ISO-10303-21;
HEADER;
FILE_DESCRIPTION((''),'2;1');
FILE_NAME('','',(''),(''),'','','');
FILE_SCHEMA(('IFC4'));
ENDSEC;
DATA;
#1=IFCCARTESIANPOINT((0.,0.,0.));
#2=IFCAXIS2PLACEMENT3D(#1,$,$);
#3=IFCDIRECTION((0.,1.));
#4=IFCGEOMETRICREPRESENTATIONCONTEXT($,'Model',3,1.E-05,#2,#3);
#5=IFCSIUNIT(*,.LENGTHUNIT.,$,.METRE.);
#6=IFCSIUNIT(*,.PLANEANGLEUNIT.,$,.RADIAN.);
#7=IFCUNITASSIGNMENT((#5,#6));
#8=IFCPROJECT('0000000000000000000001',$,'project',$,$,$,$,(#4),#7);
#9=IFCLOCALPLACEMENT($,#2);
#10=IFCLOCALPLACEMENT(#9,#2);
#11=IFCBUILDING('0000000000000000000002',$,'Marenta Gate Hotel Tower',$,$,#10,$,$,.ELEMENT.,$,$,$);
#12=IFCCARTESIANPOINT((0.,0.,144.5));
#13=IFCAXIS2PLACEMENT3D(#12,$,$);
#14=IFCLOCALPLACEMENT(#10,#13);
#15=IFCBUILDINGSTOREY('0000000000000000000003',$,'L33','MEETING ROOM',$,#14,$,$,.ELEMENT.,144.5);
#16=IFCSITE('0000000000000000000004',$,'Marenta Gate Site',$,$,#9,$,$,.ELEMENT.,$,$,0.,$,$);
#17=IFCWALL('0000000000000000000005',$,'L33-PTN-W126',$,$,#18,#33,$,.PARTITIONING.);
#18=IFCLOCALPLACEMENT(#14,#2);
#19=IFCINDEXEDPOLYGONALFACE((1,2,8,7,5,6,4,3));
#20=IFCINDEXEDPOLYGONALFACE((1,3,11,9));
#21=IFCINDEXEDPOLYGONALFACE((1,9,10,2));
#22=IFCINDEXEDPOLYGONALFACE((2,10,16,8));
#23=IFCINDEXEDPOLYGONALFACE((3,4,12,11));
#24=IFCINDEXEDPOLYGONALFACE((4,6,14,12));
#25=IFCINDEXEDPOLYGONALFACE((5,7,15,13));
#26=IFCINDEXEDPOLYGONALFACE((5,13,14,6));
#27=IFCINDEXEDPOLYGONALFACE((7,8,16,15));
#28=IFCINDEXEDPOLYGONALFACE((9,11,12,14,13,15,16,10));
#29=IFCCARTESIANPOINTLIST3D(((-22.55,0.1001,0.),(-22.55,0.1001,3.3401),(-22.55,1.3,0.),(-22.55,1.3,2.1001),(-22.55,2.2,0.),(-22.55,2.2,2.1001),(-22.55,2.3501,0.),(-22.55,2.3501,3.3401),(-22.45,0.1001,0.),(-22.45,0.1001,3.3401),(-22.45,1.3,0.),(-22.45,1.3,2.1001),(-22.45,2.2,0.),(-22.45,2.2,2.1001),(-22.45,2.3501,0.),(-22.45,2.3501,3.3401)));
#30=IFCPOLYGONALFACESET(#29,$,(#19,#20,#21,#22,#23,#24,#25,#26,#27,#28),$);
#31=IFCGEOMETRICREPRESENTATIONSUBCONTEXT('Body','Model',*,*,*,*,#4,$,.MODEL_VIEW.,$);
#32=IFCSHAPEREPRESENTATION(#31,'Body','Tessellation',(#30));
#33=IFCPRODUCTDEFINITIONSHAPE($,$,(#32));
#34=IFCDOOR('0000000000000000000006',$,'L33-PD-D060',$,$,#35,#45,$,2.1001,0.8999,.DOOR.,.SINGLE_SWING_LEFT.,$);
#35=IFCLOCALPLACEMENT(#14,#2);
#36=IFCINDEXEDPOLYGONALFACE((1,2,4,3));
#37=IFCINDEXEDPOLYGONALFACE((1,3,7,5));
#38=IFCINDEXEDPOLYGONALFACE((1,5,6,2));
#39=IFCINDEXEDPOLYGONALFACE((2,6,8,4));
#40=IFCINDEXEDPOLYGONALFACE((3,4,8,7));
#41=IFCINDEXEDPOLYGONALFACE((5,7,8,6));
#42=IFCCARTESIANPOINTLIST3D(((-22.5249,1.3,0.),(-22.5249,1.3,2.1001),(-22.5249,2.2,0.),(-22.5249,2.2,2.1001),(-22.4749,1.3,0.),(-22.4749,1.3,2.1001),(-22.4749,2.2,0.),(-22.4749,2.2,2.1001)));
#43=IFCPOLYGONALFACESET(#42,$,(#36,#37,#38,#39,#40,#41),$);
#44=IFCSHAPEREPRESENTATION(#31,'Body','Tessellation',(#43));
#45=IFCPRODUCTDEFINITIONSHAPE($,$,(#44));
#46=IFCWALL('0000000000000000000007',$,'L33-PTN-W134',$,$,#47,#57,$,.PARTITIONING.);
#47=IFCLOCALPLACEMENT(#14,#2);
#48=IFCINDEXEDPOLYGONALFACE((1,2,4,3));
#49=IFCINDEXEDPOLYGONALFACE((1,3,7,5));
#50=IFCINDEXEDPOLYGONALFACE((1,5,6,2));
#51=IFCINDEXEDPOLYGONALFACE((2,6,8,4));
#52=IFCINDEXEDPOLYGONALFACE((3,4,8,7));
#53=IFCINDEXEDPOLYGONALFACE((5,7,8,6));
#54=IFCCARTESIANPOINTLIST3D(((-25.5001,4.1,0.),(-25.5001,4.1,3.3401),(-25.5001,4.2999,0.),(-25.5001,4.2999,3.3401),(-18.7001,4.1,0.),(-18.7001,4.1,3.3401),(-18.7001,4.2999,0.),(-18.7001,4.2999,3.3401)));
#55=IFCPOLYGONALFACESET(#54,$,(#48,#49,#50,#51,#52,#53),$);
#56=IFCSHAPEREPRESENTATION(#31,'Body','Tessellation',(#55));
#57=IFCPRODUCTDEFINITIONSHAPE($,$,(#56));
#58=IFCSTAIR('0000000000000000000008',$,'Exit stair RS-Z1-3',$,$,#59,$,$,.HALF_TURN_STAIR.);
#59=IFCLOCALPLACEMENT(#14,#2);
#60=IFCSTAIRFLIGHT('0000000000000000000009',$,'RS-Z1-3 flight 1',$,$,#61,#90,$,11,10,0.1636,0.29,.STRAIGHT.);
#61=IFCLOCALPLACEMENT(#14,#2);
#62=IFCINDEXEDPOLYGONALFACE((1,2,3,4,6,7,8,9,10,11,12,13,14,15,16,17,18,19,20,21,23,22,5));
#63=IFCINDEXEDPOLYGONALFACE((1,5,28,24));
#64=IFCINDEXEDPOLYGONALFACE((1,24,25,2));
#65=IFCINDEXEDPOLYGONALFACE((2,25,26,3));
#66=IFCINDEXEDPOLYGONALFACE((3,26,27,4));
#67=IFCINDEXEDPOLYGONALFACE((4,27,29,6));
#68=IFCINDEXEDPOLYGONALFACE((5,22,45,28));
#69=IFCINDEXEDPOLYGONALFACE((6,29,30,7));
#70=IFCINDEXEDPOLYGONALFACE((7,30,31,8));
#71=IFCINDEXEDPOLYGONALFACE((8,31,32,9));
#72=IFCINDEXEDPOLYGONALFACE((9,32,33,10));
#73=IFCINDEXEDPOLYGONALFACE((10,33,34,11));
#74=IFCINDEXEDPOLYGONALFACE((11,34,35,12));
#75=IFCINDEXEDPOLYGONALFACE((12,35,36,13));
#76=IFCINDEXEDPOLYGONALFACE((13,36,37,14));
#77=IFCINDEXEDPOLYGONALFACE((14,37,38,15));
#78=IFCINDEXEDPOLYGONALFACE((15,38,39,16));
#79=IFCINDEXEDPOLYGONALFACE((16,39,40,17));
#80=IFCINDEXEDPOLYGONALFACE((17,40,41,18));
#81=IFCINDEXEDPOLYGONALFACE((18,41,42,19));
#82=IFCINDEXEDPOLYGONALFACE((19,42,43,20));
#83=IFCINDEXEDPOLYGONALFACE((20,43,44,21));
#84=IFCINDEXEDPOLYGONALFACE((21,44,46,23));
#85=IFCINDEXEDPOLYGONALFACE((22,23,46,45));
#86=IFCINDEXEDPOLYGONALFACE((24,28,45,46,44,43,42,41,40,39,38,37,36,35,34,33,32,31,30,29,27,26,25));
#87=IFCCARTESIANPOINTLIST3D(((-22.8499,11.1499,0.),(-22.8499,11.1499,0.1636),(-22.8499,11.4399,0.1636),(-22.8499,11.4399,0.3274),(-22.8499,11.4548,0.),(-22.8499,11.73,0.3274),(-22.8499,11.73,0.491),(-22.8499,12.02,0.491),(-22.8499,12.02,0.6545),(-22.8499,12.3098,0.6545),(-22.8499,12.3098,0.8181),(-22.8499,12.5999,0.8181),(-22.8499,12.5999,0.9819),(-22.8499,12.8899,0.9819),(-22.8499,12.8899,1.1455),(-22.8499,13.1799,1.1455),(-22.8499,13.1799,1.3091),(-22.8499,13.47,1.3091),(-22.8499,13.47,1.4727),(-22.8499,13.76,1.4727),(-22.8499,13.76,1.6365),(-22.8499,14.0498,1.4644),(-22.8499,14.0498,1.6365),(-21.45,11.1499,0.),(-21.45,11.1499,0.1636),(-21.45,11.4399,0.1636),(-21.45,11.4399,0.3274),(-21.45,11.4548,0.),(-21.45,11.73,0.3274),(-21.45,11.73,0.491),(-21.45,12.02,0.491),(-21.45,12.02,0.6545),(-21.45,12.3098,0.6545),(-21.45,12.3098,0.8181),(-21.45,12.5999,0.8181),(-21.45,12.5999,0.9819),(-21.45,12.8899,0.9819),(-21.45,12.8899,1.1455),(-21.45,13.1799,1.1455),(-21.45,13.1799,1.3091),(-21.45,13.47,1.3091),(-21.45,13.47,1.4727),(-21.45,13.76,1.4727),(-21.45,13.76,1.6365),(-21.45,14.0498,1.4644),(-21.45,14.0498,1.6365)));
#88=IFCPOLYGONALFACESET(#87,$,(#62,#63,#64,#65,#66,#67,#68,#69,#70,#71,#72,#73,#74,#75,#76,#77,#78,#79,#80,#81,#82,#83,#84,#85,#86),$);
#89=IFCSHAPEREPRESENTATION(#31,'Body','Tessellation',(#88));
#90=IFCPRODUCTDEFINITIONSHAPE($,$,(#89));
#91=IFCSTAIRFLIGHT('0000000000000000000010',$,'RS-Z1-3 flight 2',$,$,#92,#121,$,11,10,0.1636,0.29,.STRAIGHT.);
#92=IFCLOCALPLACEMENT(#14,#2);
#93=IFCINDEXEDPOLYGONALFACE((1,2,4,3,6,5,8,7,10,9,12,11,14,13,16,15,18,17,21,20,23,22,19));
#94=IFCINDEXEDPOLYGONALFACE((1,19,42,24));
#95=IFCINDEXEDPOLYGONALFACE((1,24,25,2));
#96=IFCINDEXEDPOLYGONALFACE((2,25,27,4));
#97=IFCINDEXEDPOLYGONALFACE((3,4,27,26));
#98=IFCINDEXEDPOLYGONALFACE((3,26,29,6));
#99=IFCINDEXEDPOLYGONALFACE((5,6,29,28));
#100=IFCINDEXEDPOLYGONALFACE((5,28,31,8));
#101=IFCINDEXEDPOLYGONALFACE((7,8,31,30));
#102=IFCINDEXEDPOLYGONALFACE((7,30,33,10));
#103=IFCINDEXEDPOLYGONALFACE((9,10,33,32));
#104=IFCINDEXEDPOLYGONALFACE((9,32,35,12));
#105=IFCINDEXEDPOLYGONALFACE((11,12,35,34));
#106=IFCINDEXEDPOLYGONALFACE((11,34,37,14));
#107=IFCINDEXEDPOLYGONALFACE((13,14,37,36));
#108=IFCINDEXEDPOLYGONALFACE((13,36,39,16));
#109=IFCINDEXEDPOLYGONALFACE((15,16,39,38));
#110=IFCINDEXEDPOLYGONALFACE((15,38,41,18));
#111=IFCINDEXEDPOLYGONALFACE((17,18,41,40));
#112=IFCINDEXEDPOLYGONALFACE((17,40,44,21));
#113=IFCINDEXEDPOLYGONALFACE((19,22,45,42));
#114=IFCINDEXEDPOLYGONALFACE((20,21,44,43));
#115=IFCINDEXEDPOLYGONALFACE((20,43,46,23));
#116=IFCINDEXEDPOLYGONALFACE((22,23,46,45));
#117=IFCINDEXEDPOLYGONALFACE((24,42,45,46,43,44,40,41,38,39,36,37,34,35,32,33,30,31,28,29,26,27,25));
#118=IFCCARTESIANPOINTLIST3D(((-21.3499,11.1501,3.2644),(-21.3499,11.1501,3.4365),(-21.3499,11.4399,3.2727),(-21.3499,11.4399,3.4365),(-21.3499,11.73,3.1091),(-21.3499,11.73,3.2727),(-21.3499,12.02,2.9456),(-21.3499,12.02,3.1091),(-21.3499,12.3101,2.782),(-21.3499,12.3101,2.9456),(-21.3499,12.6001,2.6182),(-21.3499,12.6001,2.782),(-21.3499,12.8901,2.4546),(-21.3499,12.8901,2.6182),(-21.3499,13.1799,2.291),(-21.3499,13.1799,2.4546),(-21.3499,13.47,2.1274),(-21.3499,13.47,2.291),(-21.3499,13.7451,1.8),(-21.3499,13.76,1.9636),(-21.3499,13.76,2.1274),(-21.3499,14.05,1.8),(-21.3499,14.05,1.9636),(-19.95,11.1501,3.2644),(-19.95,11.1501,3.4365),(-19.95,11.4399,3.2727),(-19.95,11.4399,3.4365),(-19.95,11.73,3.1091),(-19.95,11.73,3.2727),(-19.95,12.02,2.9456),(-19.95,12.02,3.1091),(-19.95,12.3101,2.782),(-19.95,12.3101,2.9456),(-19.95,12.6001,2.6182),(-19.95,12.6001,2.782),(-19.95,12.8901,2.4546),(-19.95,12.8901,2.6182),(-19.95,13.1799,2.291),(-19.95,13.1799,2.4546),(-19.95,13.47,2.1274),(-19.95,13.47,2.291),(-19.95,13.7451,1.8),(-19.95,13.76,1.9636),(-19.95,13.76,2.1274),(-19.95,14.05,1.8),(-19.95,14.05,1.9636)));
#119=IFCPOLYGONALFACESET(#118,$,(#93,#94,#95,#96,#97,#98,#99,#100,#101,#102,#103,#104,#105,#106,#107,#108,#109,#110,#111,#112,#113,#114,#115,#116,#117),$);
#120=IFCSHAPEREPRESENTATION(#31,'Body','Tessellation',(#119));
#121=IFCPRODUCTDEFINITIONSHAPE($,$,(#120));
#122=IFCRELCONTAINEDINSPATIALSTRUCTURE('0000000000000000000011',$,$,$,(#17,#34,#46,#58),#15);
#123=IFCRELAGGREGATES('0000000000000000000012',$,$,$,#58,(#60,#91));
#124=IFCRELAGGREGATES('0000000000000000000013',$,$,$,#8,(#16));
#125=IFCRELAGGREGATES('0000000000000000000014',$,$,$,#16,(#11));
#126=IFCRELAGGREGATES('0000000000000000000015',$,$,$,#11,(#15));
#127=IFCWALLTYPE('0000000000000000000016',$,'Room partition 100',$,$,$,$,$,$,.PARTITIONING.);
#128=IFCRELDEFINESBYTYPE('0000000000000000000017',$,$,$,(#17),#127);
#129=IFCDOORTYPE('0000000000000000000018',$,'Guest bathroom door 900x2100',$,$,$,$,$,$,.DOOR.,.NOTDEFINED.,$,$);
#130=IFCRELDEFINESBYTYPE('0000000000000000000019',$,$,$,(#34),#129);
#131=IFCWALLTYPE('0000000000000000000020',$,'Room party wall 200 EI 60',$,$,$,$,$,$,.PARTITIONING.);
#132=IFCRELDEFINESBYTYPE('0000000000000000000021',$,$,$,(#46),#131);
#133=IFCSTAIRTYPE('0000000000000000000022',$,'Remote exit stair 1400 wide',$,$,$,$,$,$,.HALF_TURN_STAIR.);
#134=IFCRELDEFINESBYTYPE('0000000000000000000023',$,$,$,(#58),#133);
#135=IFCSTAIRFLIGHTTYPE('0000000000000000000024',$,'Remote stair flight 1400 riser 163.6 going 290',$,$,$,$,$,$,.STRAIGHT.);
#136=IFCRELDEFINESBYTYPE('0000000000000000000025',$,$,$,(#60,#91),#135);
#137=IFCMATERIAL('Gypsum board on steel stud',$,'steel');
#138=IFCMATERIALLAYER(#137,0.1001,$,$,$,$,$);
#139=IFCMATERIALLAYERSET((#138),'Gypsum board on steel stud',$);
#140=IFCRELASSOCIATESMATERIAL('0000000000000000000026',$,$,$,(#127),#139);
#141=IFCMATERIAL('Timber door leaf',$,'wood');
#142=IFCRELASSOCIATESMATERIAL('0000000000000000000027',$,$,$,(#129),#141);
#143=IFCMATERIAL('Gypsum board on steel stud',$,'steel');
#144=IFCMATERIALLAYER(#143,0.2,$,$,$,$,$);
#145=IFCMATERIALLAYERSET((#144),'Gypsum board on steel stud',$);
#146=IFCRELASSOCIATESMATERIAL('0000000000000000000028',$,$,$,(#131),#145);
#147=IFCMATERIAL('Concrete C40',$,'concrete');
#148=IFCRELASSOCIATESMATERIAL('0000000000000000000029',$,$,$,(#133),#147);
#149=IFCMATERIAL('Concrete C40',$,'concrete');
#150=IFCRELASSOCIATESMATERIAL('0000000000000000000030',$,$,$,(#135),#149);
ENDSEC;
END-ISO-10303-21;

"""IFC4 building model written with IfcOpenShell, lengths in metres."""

from ifc_helpers import new_model, si_unit, direction, frame, frame_2d, origin, place, context, subcontext, project, spatial, polyline, rectangle, outline, extrude, material, layer, layer_set, type_object, element, fill, aggregate, save


model = new_model("IFC4")

# Units and contexts
model_context = context("Model", 3, precision=1e-05, world=origin(), true_north=direction((0.0, 1.0)))
body_context = subcontext(model_context, "Body", "Model", "MODEL_VIEW")
ifc_project = project(units=[si_unit("LENGTHUNIT", "METRE"), si_unit("PLANEANGLEUNIT", "RADIAN")], contexts=[model_context])

# Site, building, storey
site_placement = place(None, origin())
site = spatial("IfcSite", under=ifc_project, at=site_placement, Name="Marenta Gate Site", CompositionType="ELEMENT", RefElevation=0.0)
building_placement = place(site_placement, origin())
building = spatial("IfcBuilding", under=site, at=building_placement, Name="Marenta Gate Hotel Tower", CompositionType="ELEMENT")
storey_placement = place(building_placement, frame((0.0, 0.0, 144.5)))
storey = spatial("IfcBuildingStorey", under=building, at=storey_placement, Name="L33", Description="MEETING ROOM", CompositionType="ELEMENT", Elevation=144.5)

# Shared definitions
ifc_material_1 = material(Name="Gypsum board on steel stud", Category="steel")
ifc_layer_1 = layer(ifc_material_1, 0.1001)
ifc_layer_set_1 = layer_set([ifc_layer_1], Name="Gypsum board on steel stud")
wall_type_1 = type_object("IfcWallType", Name="Room partition 100", PredefinedType="PARTITIONING", material=ifc_layer_set_1)

# Wall, opening, door
wall_1_placement = place(storey_placement, frame((-22.5, 0.1001, 0.0), z_axis=(0.0, 0.0, 1.0), x_axis=(0.0, 1.0, 0.0)))
wall_1 = element("IfcWall", 1, at=wall_1_placement, inside=storey, type_object=wall_type_1, Name="L33-PTN-W126", PredefinedType="PARTITIONING", context=body_context, shape_type="SweptSolid", body=[
    extrude(rectangle(XDim=2.25, YDim=0.1001, at=frame_2d((1.125, 0.0))), origin(), (0.0, 0.0, 1.0), 3.3401),
])
opening_1_placement = place(wall_1_placement, frame((1.2, 0.0, 0.0)))
opening_1 = element("IfcOpeningElement", 2, at=opening_1_placement, cuts=wall_1, PredefinedType="OPENING", context=body_context, shape_type="SweptSolid", body=[
    extrude(rectangle(XDim=0.8999, YDim=2.1001, at=frame_2d((0.45, 1.05))), frame((0.0, 0.05, 0.0), z_axis=(0.0, -1.0, 0.0), x_axis=(1.0, 0.0, 0.0)), (0.0, 0.0, 1.0), 0.1001),
])
ifc_material_2 = material(Name="Timber door leaf", Category="wood")
door_type_1 = type_object("IfcDoorType", Name="Guest bathroom door 900x2100", OperationType="NOTDEFINED", PredefinedType="DOOR", material=ifc_material_2)
door_1_placement = place(opening_1_placement, origin())
door_1 = element("IfcDoor", 3, at=door_1_placement, inside=storey, type_object=door_type_1, Name="L33-PD-D060", OperationType="SINGLE_SWING_LEFT", OverallHeight=2.1001, OverallWidth=0.8999, PredefinedType="DOOR", context=body_context, shape_type="SweptSolid", body=[
    extrude(rectangle(XDim=0.8999, YDim=2.1001, at=frame_2d((0.45, 1.05))), frame((0.0, 0.0249, 0.0), z_axis=(0.0, -1.0, 0.0), x_axis=(1.0, 0.0, 0.0)), (0.0, 0.0, 1.0), 0.05),
])
fill(opening_1, door_1)

# Wall
ifc_material_3 = material(Name="Gypsum board on steel stud", Category="steel")
ifc_layer_2 = layer(ifc_material_3, 0.2)
ifc_layer_set_2 = layer_set([ifc_layer_2], Name="Gypsum board on steel stud")
wall_type_2 = type_object("IfcWallType", Name="Room party wall 200 EI 60", PredefinedType="PARTITIONING", material=ifc_layer_set_2)
wall_2_placement = place(storey_placement, frame((-25.5, 4.2, 0.0), z_axis=(0.0, 0.0, 1.0), x_axis=(1.0, 0.0, 0.0)))
element("IfcWall", 4, at=wall_2_placement, inside=storey, type_object=wall_type_2, Name="L33-PTN-W134", PredefinedType="PARTITIONING", context=body_context, shape_type="SweptSolid", body=[
    extrude(rectangle(XDim=6.8, YDim=0.2, at=frame_2d((3.3999, 0.0))), origin(), (0.0, 0.0, 1.0), 3.3401),
])

# Stair, stair flights
ifc_material_4 = material(Name="Concrete C40", Category="concrete")
stair_type = type_object("IfcStairType", Name="Remote exit stair 1400 wide", PredefinedType="HALF_TURN_STAIR", material=ifc_material_4)
stair_placement = place(storey_placement, origin())
stair = element("IfcStair", 5, at=stair_placement, inside=storey, type_object=stair_type, Name="Exit stair RS-Z1-3", PredefinedType="HALF_TURN_STAIR")
ifc_material_5 = material(Name="Concrete C40", Category="concrete")
stair_flight_type = type_object("IfcStairFlightType", Name="Remote stair flight 1400 riser 163.6 going 290", PredefinedType="STRAIGHT", material=ifc_material_5)
stair_flight_1_placement = place(storey_placement, frame((-22.1499, 11.1499, 0.0), z_axis=(0.0, 0.0, 1.0), x_axis=(0.0, 1.0, 0.0)))
stair_flight_1 = element("IfcStairFlight", 6, at=stair_flight_1_placement, type_object=stair_flight_type, Name="RS-Z1-3 flight 1", NumberOfRisers=11, NumberOfTreads=10, PredefinedType="STRAIGHT", RiserHeight=0.1636, TreadLength=0.29, context=body_context, shape_type="SweptSolid", body=[
    extrude(outline(polyline([(0.0, 0.0), (0.0, 0.1636), (0.29, 0.1636), (0.29, 0.3274), (0.5801, 0.3274), (0.5801, 0.491), (0.8701, 0.491), (0.8701, 0.6545), (1.1599, 0.6545), (1.1599, 0.8181), (1.45, 0.8181), (1.45, 0.9819), (1.74, 0.9819), (1.74, 1.1455), (2.03, 1.1455), (2.03, 1.3091), (2.3201, 1.3091), (2.3201, 1.4727), (2.6101, 1.4727), (2.6101, 1.6365), (2.8999, 1.6365), (2.8999, 1.8), (2.8999, 1.4644), (0.3049, 0.0), (0.0, 0.0)])), frame((0.0, 0.7, 0.0), z_axis=(0.0, -1.0, 0.0), x_axis=(1.0, 0.0, 0.0)), (0.0, 0.0, 1.0), 1.3999),
])
stair_flight_2_placement = place(storey_placement, frame((-20.6499, 14.05, 1.8), z_axis=(0.0, 0.0, 1.0), x_axis=(0.0, -1.0, 0.0)))
stair_flight_2 = element("IfcStairFlight", 7, at=stair_flight_2_placement, type_object=stair_flight_type, Name="RS-Z1-3 flight 2", NumberOfRisers=11, NumberOfTreads=10, PredefinedType="STRAIGHT", RiserHeight=0.1636, TreadLength=0.29, context=body_context, shape_type="SweptSolid", body=[
    extrude(outline(polyline([(0.0, 0.0), (0.0, 0.1636), (0.29, 0.1636), (0.29, 0.3274), (0.5801, 0.3274), (0.5801, 0.491), (0.8701, 0.491), (0.8701, 0.6545), (1.1599, 0.6545), (1.1599, 0.8181), (1.45, 0.8181), (1.45, 0.9819), (1.74, 0.9819), (1.74, 1.1455), (2.03, 1.1455), (2.03, 1.3091), (2.3201, 1.3091), (2.3201, 1.4727), (2.6101, 1.4727), (2.6101, 1.6365), (2.8999, 1.6365), (2.8999, 1.8), (2.8999, 1.4644), (0.3049, 0.0), (0.0, 0.0)])), frame((0.0, 0.7, 0.0), z_axis=(0.0, -1.0, 0.0), x_axis=(1.0, 0.0, 0.0)), (0.0, 0.0, 1.0), 1.3999),
])
aggregate(stair, [stair_flight_1, stair_flight_2])

save(model, "model.ifc")
